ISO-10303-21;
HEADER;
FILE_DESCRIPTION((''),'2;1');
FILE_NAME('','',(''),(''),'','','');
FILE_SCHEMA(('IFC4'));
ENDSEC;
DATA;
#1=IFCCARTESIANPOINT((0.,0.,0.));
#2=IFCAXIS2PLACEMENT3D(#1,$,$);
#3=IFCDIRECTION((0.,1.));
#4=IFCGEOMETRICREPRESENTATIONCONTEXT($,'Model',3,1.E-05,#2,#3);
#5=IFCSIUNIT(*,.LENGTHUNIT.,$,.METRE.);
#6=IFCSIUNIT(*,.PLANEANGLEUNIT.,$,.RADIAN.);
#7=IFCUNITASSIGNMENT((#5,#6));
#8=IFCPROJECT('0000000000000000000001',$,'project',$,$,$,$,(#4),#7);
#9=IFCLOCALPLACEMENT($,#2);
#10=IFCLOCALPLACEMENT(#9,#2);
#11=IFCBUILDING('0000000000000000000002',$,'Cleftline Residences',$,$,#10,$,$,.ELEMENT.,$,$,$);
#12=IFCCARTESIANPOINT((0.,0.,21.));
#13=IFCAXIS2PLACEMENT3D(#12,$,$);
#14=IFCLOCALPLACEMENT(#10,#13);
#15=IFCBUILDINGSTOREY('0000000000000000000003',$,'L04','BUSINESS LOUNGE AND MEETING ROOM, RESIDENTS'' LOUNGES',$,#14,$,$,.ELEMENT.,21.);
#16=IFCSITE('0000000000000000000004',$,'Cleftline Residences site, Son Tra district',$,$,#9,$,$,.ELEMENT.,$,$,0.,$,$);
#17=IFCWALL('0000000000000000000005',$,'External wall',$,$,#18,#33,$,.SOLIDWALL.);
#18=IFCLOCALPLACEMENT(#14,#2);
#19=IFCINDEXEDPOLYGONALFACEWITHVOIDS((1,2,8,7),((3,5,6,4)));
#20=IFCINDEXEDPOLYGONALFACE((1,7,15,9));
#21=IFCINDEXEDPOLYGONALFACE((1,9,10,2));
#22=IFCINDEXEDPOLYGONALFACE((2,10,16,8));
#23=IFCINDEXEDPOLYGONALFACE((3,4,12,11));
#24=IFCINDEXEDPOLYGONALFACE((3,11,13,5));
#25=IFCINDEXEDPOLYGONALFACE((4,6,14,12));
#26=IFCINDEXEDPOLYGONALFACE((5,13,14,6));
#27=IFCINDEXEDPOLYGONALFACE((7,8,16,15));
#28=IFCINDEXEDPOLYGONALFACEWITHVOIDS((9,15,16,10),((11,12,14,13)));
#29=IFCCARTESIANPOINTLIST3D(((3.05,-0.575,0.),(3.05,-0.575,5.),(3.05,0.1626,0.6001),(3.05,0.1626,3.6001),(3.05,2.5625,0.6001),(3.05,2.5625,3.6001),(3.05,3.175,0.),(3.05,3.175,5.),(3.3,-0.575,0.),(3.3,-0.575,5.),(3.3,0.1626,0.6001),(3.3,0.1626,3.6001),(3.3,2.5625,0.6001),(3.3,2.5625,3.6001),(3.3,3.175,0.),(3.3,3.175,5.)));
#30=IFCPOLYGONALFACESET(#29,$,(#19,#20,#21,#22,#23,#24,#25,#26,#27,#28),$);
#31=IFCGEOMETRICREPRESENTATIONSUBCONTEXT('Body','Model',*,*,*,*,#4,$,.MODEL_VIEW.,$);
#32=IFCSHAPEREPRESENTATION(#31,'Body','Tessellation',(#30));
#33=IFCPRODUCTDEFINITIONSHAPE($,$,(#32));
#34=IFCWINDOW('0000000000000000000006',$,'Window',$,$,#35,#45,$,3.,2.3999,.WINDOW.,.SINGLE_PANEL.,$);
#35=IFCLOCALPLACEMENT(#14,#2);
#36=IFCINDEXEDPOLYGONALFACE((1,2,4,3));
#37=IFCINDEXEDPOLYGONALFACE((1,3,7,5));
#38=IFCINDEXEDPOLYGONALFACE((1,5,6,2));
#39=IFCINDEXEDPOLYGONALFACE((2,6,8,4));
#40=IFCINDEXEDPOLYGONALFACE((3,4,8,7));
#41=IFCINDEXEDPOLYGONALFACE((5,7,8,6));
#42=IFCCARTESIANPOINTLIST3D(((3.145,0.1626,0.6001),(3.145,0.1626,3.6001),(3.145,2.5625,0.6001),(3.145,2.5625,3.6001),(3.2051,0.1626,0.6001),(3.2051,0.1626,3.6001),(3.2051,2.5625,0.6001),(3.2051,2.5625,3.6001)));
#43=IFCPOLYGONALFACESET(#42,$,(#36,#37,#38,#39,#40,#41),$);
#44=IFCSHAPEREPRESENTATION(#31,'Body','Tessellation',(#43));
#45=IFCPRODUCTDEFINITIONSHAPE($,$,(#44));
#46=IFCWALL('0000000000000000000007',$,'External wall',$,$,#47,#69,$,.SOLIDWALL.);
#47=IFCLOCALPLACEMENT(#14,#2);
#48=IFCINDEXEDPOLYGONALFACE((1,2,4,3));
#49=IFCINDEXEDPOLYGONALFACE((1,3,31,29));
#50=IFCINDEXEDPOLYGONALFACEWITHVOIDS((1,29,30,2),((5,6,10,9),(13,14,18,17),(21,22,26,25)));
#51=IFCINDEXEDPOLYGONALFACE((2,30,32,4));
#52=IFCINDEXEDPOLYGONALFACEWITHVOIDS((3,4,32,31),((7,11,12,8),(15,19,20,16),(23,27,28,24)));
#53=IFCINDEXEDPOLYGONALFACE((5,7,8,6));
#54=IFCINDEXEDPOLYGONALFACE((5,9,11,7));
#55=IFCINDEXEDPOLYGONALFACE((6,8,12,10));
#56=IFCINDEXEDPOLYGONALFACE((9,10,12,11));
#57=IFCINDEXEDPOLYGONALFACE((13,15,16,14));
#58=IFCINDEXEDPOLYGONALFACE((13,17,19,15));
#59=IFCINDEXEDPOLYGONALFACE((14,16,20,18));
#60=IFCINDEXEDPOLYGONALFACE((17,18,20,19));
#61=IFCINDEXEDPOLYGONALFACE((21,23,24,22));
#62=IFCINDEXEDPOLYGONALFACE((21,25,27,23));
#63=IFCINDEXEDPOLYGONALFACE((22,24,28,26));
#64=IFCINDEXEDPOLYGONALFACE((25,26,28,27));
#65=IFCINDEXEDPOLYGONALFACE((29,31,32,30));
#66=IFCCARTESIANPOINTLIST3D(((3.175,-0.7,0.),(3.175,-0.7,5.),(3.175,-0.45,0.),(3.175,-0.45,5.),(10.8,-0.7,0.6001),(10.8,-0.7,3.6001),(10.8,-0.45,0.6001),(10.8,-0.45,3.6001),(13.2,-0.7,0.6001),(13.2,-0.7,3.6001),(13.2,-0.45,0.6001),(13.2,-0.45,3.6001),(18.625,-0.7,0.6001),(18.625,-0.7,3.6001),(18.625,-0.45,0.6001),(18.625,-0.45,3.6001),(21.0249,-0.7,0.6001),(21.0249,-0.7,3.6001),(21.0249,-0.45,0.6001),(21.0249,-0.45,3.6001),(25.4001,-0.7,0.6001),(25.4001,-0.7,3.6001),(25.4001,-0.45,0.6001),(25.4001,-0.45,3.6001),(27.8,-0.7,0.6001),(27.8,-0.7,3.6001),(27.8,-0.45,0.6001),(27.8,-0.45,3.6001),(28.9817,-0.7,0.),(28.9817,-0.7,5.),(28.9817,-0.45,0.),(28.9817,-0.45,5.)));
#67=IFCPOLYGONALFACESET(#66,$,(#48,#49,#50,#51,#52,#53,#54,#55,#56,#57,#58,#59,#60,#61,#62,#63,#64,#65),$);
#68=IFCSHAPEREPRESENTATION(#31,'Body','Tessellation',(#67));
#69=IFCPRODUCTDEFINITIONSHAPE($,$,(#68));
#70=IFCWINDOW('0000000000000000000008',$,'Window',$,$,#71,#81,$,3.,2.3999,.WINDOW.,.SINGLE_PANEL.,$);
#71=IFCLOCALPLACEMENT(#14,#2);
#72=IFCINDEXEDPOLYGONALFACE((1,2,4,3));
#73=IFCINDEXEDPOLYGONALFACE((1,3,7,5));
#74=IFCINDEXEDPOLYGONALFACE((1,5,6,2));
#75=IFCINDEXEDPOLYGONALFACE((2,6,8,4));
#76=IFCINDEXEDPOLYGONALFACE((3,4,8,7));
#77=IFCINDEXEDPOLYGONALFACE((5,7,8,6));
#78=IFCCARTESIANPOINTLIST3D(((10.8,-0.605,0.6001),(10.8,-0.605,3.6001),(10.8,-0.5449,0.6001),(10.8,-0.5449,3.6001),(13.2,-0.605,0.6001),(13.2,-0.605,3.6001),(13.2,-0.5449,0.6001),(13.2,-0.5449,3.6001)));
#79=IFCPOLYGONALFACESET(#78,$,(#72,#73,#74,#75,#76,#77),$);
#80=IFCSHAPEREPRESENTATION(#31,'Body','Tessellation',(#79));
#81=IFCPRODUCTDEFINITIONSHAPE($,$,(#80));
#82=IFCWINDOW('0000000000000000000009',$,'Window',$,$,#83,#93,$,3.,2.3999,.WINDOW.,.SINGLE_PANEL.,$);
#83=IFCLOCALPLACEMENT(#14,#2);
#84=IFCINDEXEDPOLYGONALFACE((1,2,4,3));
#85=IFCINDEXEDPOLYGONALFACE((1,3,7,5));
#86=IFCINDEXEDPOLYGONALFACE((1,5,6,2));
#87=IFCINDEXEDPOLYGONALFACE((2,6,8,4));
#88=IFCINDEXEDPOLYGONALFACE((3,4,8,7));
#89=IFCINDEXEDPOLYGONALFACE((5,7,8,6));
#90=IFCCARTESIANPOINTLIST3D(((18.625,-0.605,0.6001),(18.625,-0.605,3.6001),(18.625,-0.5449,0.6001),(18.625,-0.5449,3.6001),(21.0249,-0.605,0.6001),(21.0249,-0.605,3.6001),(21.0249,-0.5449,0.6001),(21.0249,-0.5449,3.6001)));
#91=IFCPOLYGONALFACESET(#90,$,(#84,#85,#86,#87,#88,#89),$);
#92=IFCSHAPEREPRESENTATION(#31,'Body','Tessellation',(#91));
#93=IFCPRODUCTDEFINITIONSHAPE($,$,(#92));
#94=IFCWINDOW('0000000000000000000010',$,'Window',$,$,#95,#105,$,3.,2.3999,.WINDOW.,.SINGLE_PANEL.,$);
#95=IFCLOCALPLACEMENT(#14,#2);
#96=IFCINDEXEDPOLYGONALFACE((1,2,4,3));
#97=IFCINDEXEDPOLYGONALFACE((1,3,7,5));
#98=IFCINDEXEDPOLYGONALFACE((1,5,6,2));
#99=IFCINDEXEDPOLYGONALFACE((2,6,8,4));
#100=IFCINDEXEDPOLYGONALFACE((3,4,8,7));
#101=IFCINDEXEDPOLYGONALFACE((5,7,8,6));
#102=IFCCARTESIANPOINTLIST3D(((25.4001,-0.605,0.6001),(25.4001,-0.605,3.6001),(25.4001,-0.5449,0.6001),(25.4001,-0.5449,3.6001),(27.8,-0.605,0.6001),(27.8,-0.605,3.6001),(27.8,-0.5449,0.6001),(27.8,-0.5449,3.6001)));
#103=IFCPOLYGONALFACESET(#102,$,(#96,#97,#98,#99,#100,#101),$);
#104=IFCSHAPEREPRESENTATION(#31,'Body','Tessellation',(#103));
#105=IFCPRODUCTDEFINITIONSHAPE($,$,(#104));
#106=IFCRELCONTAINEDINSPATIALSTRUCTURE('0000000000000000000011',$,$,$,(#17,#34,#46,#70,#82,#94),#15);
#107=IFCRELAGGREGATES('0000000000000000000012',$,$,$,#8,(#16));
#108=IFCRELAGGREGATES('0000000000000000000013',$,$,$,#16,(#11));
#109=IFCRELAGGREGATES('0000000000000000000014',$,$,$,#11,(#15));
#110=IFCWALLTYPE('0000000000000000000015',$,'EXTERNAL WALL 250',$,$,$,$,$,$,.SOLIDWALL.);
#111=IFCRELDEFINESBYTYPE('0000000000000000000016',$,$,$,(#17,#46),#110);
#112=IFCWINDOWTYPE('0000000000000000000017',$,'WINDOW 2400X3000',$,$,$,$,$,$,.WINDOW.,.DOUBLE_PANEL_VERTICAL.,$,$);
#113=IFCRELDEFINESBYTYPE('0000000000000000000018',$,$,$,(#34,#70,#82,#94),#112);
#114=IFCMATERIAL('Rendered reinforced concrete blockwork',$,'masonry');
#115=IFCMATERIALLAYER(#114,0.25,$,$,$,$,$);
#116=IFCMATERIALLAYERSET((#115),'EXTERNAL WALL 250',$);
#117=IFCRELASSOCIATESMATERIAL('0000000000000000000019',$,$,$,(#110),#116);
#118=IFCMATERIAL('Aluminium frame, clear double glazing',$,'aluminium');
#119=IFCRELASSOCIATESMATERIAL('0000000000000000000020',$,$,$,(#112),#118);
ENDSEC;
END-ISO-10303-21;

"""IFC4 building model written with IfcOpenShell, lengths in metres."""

from ifc_helpers import new_model, si_unit, direction, frame, frame_2d, origin, place, context, subcontext, project, spatial, rectangle, extrude, material, layer, layer_set, type_object, element, fill, save


model = new_model("IFC4")

# Units and contexts
model_context = context("Model", 3, precision=1e-05, world=origin(), true_north=direction((0.0, 1.0)))
body_context = subcontext(model_context, "Body", "Model", "MODEL_VIEW")
ifc_project = project(units=[si_unit("LENGTHUNIT", "METRE"), si_unit("PLANEANGLEUNIT", "RADIAN")], contexts=[model_context])

# Site, building, storey
site_placement = place(None, origin())
site = spatial("IfcSite", under=ifc_project, at=site_placement, Name="Cleftline Residences site, Son Tra district", CompositionType="ELEMENT", RefElevation=0.0)
building_placement = place(site_placement, origin())
building = spatial("IfcBuilding", under=site, at=building_placement, Name="Cleftline Residences", CompositionType="ELEMENT")
storey_placement = place(building_placement, frame((0.0, 0.0, 21.0)))
storey = spatial("IfcBuildingStorey", under=building, at=storey_placement, Name="L04", Description="BUSINESS LOUNGE AND MEETING ROOM, RESIDENTS' LOUNGES", CompositionType="ELEMENT", Elevation=21.0)

# Wall, opening, window
ifc_material_1 = material(Name="Rendered reinforced concrete blockwork", Category="masonry")
ifc_layer_1 = layer(ifc_material_1, 0.25)
ifc_layer_set_1 = layer_set([ifc_layer_1], Name="EXTERNAL WALL 250")
wall_type = type_object("IfcWallType", Name="EXTERNAL WALL 250", PredefinedType="SOLIDWALL", material=ifc_layer_set_1)
ifc_material_2 = material(Name="Aluminium frame, clear double glazing", Category="aluminium")
window_type = type_object("IfcWindowType", Name="WINDOW 2400X3000", PartitioningType="DOUBLE_PANEL_VERTICAL", PredefinedType="WINDOW", material=ifc_material_2)
wall_1_placement = place(storey_placement, frame((3.175, 3.175, 0.0), z_axis=(0.0, 0.0, 1.0), x_axis=(0.0, -1.0, 0.0)))
wall_1 = element("IfcWall", 1, at=wall_1_placement, inside=storey, type_object=wall_type, Name="External wall", PredefinedType="SOLIDWALL", context=body_context, shape_type="SweptSolid", body=[
    extrude(rectangle(XDim=3.75, YDim=0.25, at=frame_2d((1.875, 0.0))), origin(), (0.0, 0.0, 1.0), 5.0),
])
opening_1_placement = place(wall_1_placement, frame((0.6125, 0.0, 0.6001)))
opening_1 = element("IfcOpeningElement", 2, at=opening_1_placement, cuts=wall_1, PredefinedType="OPENING", context=body_context, shape_type="SweptSolid", body=[
    extrude(rectangle(XDim=2.3999, YDim=3.0, at=frame_2d((1.2, 1.5))), frame((0.0, 0.135, 0.0), z_axis=(0.0, -1.0, 0.0), x_axis=(1.0, 0.0, 0.0)), (0.0, 0.0, 1.0), 0.27),
])
window_1_placement = place(opening_1_placement, origin())
window_1 = element("IfcWindow", 3, at=window_1_placement, inside=storey, type_object=window_type, Name="Window", OverallHeight=3.0, OverallWidth=2.3999, PartitioningType="SINGLE_PANEL", PredefinedType="WINDOW", context=body_context, shape_type="SweptSolid", body=[
    extrude(rectangle(XDim=2.3999, YDim=3.0, at=frame_2d((1.2, 1.5))), frame((0.0, 0.03, 0.0), z_axis=(0.0, -1.0, 0.0), x_axis=(1.0, 0.0, 0.0)), (0.0, 0.0, 1.0), 0.0601),
])
fill(opening_1, window_1)

# Wall, openings, windows
wall_2_placement = place(storey_placement, frame((3.175, -0.575, 0.0), z_axis=(0.0, 0.0, 1.0), x_axis=(1.0, 0.0, 0.0)))
wall_2 = element("IfcWall", 4, at=wall_2_placement, inside=storey, type_object=wall_type, Name="External wall", PredefinedType="SOLIDWALL", context=body_context, shape_type="SweptSolid", body=[
    extrude(rectangle(XDim=25.8066, YDim=0.25, at=frame_2d((12.9033, 0.0))), origin(), (0.0, 0.0, 1.0), 5.0),
])
opening_2_placement = place(wall_2_placement, frame((7.625, 0.0, 0.6001)))
opening_2 = element("IfcOpeningElement", 5, at=opening_2_placement, cuts=wall_2, PredefinedType="OPENING", context=body_context, shape_type="SweptSolid", body=[
    extrude(rectangle(XDim=2.3999, YDim=3.0, at=frame_2d((1.2, 1.5))), frame((0.0, 0.135, 0.0), z_axis=(0.0, -1.0, 0.0), x_axis=(1.0, 0.0, 0.0)), (0.0, 0.0, 1.0), 0.27),
])
opening_3_placement = place(wall_2_placement, frame((15.45, 0.0, 0.6001)))
opening_3 = element("IfcOpeningElement", 6, at=opening_3_placement, cuts=wall_2, PredefinedType="OPENING", context=body_context, shape_type="SweptSolid", body=[
    extrude(rectangle(XDim=2.3999, YDim=3.0, at=frame_2d((1.2, 1.5))), frame((0.0, 0.135, 0.0), z_axis=(0.0, -1.0, 0.0), x_axis=(1.0, 0.0, 0.0)), (0.0, 0.0, 1.0), 0.27),
])
opening_4_placement = place(wall_2_placement, frame((22.2251, 0.0, 0.6001)))
opening_4 = element("IfcOpeningElement", 7, at=opening_4_placement, cuts=wall_2, PredefinedType="OPENING", context=body_context, shape_type="SweptSolid", body=[
    extrude(rectangle(XDim=2.3999, YDim=3.0, at=frame_2d((1.2, 1.5))), frame((0.0, 0.135, 0.0), z_axis=(0.0, -1.0, 0.0), x_axis=(1.0, 0.0, 0.0)), (0.0, 0.0, 1.0), 0.27),
])
window_2_placement = place(opening_2_placement, origin())
window_2 = element("IfcWindow", 8, at=window_2_placement, inside=storey, type_object=window_type, Name="Window", OverallHeight=3.0, OverallWidth=2.3999, PartitioningType="SINGLE_PANEL", PredefinedType="WINDOW", context=body_context, shape_type="SweptSolid", body=[
    extrude(rectangle(XDim=2.3999, YDim=3.0, at=frame_2d((1.2, 1.5))), frame((0.0, 0.03, 0.0), z_axis=(0.0, -1.0, 0.0), x_axis=(1.0, 0.0, 0.0)), (0.0, 0.0, 1.0), 0.0601),
])
fill(opening_2, window_2)
window_3_placement = place(opening_3_placement, origin())
window_3 = element("IfcWindow", 9, at=window_3_placement, inside=storey, type_object=window_type, Name="Window", OverallHeight=3.0, OverallWidth=2.3999, PartitioningType="SINGLE_PANEL", PredefinedType="WINDOW", context=body_context, shape_type="SweptSolid", body=[
    extrude(rectangle(XDim=2.3999, YDim=3.0, at=frame_2d((1.2, 1.5))), frame((0.0, 0.03, 0.0), z_axis=(0.0, -1.0, 0.0), x_axis=(1.0, 0.0, 0.0)), (0.0, 0.0, 1.0), 0.0601),
])
fill(opening_3, window_3)
window_4_placement = place(opening_4_placement, origin())
window_4 = element("IfcWindow", 10, at=window_4_placement, inside=storey, type_object=window_type, Name="Window", OverallHeight=3.0, OverallWidth=2.3999, PartitioningType="SINGLE_PANEL", PredefinedType="WINDOW", context=body_context, shape_type="SweptSolid", body=[
    extrude(rectangle(XDim=2.3999, YDim=3.0, at=frame_2d((1.2, 1.5))), frame((0.0, 0.03, 0.0), z_axis=(0.0, -1.0, 0.0), x_axis=(1.0, 0.0, 0.0)), (0.0, 0.0, 1.0), 0.0601),
])
fill(opening_4, window_4)

save(model, "model.ifc")
